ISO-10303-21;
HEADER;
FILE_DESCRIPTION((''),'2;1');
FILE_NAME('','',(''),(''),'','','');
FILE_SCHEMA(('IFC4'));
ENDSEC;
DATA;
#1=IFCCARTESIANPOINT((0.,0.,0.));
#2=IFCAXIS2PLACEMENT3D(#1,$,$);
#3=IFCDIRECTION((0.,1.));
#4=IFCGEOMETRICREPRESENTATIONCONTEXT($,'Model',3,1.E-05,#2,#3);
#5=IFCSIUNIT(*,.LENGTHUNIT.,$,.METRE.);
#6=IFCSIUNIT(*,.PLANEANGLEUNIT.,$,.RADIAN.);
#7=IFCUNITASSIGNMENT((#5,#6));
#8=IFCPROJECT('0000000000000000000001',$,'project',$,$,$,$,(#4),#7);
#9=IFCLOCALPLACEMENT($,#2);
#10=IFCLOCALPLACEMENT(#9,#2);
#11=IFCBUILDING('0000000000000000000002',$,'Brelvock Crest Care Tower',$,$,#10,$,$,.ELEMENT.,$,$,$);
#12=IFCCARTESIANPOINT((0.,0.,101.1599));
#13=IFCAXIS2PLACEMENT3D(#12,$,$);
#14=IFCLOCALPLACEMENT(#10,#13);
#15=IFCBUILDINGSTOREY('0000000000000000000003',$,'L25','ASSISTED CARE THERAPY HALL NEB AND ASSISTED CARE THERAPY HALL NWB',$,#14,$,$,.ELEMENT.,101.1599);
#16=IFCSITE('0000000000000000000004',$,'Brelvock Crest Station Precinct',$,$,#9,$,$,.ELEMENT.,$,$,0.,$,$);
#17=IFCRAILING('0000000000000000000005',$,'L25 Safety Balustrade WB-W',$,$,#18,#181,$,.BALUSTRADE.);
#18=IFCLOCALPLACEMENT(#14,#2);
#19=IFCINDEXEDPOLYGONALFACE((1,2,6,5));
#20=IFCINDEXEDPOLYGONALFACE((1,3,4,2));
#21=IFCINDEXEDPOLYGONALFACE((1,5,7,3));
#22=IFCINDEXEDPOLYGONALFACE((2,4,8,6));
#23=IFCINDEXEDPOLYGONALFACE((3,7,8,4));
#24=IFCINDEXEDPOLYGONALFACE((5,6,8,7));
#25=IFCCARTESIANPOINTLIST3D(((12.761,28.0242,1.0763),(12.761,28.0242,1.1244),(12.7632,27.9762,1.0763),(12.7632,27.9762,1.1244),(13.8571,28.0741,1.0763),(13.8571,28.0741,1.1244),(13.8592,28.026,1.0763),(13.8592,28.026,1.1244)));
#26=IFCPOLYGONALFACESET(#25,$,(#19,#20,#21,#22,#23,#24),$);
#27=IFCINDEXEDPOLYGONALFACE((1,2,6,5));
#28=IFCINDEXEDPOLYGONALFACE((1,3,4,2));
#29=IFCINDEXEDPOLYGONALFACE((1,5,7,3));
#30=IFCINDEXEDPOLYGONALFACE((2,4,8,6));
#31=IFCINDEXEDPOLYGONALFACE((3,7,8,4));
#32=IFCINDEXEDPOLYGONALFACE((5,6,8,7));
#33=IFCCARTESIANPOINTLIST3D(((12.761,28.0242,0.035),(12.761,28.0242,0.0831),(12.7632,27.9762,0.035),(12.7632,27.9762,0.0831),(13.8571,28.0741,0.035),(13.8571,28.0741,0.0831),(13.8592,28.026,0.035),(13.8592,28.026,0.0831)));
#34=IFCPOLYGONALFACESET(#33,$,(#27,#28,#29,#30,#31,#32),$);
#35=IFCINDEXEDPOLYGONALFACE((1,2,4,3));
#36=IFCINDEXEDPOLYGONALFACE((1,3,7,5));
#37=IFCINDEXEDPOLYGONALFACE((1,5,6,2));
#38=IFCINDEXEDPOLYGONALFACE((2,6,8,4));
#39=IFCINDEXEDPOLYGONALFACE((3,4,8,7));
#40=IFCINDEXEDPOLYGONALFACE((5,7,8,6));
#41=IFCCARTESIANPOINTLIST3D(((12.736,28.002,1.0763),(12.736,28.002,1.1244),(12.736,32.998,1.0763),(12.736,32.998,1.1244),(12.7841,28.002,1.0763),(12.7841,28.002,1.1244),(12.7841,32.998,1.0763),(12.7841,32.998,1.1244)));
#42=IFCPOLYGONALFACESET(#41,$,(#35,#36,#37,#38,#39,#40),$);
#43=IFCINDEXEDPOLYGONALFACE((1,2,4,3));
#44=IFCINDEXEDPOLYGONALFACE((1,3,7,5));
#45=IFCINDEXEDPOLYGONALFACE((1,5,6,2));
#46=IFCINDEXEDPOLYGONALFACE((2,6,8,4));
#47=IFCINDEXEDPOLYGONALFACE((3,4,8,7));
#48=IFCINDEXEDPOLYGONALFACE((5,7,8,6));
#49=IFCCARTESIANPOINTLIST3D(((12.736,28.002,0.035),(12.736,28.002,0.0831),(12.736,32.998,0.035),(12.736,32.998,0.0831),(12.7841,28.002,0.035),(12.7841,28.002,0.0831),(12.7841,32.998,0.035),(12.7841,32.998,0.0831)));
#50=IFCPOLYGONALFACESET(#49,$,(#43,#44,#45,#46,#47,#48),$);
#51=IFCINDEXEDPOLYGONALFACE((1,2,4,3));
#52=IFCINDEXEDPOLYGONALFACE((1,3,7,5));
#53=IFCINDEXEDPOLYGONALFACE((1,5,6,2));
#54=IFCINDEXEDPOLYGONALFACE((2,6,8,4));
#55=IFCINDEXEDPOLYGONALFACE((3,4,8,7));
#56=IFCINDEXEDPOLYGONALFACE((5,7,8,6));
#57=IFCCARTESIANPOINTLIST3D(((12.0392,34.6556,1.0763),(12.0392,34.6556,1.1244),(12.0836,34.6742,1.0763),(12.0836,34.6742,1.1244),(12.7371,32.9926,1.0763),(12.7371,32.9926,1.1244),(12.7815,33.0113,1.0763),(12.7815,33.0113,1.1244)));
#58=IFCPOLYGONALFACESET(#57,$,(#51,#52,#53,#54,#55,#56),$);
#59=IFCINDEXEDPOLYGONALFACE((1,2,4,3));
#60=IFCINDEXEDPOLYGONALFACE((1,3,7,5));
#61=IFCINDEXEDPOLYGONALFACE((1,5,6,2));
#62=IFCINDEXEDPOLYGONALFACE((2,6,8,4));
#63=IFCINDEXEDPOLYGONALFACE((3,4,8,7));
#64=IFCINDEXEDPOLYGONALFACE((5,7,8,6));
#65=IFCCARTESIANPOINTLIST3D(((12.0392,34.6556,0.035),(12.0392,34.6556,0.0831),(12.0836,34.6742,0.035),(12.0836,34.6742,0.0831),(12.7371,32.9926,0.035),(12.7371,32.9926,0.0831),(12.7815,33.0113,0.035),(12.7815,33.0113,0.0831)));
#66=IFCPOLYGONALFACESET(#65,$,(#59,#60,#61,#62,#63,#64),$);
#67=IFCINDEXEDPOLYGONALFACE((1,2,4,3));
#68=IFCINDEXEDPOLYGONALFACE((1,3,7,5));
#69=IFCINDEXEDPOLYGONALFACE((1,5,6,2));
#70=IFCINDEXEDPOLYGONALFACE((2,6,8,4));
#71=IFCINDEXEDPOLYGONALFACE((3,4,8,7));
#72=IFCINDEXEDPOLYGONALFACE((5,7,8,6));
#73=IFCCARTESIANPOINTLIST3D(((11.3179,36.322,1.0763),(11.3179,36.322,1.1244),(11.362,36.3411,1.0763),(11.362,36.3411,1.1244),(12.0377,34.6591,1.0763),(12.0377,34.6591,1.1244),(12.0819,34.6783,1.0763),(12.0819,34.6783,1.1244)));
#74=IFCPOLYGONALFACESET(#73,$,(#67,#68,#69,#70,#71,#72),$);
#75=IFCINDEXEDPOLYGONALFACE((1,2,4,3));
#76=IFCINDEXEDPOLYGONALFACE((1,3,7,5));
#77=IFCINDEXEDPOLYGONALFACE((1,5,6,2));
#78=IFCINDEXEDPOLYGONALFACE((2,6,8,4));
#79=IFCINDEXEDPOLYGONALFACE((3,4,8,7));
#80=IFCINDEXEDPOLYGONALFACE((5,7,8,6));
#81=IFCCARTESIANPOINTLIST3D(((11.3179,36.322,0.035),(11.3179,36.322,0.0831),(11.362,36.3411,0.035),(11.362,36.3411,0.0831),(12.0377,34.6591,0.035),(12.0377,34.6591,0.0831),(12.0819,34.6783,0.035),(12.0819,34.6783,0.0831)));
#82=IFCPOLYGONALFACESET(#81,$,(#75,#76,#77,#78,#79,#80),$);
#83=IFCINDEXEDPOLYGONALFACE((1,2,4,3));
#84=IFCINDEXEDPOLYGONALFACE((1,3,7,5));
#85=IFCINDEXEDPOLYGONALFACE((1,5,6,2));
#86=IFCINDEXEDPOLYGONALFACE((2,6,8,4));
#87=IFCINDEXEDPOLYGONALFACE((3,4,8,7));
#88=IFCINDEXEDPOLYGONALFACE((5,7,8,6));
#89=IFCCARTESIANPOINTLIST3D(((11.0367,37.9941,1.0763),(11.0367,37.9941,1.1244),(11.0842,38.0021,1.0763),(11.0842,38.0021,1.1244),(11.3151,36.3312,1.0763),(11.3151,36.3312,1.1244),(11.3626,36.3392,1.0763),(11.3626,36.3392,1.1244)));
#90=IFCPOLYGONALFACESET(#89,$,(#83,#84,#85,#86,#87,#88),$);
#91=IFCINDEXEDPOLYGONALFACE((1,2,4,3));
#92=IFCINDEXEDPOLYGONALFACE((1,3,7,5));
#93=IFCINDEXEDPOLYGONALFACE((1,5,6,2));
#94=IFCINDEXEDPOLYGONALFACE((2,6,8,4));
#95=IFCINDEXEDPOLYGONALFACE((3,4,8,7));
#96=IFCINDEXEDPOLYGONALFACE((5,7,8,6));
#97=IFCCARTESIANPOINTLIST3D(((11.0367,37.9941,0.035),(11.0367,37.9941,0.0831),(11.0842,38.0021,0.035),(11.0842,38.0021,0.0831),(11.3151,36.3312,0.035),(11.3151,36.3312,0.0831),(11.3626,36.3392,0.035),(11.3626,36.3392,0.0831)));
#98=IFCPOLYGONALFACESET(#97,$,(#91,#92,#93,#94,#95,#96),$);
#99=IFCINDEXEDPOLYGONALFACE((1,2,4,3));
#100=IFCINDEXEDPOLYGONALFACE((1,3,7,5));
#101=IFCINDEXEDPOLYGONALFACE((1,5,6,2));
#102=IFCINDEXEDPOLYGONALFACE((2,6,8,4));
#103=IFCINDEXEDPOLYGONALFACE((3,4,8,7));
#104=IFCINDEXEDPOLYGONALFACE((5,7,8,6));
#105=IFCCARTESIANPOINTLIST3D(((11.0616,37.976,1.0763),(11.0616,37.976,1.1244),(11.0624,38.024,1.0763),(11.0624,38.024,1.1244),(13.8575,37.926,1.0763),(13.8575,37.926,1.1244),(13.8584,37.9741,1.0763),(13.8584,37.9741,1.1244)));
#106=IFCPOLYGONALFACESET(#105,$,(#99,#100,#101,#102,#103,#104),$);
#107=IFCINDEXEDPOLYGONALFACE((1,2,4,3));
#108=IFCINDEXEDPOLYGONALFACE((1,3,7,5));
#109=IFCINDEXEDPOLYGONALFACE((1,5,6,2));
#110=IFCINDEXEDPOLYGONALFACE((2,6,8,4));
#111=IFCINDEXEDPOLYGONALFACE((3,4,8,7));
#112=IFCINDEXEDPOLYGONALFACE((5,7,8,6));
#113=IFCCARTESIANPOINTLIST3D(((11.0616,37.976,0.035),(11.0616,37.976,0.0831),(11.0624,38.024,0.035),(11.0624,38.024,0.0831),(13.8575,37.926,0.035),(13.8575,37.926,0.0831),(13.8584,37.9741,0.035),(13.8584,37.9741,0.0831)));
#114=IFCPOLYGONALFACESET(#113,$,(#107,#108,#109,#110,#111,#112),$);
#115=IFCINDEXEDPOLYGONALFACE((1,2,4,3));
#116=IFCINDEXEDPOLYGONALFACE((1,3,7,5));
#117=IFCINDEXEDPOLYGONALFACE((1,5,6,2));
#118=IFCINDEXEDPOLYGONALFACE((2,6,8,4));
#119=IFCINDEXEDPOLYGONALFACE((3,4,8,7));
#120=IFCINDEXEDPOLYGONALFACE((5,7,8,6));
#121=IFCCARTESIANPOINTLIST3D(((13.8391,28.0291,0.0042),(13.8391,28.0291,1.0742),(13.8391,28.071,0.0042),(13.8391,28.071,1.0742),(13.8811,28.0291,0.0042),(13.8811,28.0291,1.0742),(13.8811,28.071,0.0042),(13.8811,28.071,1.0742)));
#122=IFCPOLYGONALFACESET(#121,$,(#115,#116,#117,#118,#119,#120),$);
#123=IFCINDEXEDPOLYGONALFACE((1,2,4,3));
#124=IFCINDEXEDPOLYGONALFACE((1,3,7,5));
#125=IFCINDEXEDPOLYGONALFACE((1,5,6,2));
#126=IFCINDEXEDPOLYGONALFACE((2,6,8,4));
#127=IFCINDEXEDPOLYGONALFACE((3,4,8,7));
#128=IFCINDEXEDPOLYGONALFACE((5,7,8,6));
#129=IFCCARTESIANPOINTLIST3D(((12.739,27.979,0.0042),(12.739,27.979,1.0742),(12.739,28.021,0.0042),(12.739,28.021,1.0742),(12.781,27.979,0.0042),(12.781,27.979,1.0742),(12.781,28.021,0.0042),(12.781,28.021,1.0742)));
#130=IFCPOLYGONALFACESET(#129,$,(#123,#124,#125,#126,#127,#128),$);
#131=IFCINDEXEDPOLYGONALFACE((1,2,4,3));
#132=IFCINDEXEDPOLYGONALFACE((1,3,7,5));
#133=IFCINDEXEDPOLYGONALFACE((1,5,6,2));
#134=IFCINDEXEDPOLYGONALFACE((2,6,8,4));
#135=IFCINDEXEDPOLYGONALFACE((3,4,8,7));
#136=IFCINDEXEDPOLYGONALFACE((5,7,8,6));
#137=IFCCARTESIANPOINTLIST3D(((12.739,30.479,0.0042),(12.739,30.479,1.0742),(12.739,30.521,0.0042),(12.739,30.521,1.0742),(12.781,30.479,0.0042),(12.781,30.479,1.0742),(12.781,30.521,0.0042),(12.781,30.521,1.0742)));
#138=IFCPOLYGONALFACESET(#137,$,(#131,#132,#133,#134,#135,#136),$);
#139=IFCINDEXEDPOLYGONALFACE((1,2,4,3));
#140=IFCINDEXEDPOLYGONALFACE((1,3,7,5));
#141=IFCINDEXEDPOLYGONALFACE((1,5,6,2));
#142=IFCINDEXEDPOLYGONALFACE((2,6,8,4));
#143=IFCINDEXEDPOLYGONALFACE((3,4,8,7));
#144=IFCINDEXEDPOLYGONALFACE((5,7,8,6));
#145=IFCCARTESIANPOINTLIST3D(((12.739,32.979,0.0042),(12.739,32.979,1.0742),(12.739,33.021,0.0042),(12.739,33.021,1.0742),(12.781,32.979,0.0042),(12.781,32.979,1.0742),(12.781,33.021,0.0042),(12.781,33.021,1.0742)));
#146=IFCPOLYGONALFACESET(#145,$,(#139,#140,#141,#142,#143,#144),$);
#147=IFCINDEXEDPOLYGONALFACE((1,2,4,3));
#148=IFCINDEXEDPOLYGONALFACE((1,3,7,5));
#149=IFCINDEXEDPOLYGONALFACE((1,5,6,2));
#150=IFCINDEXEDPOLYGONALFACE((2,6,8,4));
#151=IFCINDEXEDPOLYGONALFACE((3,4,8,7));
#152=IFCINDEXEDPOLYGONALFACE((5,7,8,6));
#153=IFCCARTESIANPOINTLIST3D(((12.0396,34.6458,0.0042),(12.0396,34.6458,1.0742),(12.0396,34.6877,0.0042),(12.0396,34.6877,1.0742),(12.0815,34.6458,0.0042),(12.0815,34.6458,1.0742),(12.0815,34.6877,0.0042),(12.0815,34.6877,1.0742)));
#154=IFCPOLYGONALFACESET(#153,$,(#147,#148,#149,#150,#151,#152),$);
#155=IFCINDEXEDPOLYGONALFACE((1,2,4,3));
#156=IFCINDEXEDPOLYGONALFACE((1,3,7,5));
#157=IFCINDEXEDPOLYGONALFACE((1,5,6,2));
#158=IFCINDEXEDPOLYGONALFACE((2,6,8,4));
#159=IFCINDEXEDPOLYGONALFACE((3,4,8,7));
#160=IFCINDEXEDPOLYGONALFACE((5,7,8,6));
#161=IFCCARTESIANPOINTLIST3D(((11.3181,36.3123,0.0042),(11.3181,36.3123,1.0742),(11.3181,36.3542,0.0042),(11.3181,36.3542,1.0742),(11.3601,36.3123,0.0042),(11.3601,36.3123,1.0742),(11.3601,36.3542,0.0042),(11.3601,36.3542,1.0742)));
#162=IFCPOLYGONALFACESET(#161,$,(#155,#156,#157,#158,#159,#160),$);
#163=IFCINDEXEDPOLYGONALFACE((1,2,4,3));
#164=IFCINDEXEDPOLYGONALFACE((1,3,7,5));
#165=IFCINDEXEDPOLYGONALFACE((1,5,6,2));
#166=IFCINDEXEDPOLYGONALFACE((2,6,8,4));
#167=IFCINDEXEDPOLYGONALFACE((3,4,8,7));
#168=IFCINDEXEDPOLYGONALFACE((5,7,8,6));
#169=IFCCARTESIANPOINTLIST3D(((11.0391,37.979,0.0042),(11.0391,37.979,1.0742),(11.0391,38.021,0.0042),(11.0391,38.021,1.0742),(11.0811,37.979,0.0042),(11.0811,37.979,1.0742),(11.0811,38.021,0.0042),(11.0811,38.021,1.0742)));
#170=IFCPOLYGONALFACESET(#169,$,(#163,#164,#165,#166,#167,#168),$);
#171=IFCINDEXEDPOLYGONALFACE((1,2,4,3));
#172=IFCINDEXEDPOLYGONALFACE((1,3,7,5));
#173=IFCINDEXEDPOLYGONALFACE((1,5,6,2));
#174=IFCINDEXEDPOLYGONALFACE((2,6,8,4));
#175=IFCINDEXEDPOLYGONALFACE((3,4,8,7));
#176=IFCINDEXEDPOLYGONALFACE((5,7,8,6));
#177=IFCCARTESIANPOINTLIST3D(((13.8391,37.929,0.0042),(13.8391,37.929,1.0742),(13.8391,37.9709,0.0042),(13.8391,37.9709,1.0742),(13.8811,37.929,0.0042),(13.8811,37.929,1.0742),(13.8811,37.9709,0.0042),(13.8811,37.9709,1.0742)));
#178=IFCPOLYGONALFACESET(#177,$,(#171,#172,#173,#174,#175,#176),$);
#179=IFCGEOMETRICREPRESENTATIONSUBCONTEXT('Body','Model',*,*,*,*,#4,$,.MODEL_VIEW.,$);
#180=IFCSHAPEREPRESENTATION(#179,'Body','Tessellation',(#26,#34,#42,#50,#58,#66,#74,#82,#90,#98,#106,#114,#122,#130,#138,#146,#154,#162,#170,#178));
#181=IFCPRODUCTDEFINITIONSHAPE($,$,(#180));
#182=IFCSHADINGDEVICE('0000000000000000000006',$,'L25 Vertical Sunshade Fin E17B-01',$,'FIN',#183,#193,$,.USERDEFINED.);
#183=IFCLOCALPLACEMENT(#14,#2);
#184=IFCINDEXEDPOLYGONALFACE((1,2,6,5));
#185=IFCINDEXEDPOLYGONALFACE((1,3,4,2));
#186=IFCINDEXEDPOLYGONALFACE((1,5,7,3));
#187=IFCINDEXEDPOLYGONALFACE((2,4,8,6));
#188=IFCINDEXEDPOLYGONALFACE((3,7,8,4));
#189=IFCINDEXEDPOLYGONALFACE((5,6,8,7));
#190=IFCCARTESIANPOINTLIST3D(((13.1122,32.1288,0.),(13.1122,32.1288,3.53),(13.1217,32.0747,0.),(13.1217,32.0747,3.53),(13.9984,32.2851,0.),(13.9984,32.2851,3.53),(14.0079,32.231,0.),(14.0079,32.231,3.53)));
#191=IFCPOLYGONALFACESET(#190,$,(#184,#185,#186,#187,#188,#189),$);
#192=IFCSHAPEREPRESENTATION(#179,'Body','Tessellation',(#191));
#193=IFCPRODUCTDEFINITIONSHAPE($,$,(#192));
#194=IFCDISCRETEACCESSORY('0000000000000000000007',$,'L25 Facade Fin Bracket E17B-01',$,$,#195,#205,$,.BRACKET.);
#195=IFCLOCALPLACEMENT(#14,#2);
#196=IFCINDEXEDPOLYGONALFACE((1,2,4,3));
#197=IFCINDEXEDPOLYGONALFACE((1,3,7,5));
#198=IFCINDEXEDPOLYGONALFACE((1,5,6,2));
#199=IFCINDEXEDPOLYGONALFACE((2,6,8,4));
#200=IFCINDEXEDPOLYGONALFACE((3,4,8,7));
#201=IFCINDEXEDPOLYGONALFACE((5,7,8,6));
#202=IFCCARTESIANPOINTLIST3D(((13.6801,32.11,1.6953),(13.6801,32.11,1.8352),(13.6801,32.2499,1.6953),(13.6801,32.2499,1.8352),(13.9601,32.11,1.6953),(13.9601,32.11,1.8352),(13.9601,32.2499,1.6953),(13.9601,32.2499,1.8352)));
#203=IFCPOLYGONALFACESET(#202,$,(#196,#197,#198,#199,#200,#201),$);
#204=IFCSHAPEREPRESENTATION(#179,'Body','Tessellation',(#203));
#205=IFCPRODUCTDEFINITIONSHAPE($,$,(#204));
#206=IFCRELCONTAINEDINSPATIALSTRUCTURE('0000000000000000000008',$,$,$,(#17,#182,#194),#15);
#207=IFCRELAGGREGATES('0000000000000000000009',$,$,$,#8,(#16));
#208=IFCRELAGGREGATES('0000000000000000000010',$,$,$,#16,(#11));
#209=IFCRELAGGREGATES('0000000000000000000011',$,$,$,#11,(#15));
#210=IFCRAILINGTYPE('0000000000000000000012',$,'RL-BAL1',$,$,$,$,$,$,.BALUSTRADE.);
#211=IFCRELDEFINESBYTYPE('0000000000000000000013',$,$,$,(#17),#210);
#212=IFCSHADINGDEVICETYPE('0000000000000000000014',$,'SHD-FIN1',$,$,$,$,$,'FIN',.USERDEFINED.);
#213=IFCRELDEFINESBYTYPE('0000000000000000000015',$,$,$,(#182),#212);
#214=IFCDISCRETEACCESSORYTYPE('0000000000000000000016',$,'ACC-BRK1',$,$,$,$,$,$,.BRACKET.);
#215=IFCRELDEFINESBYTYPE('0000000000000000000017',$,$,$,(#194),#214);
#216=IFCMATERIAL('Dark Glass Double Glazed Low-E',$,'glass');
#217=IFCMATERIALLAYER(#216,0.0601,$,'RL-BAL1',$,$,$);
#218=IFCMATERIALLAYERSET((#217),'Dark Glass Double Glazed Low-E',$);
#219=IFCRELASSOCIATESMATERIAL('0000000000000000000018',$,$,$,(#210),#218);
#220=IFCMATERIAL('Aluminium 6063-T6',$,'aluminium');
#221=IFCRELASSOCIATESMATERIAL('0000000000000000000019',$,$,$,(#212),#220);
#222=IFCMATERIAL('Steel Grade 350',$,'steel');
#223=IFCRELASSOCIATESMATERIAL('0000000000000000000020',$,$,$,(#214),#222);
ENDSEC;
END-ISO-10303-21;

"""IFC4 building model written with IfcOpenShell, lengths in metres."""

from ifc_helpers import new_model, si_unit, direction, frame, origin, origin_2d, place, context, subcontext, project, spatial, rectangle, extrude, source, transform, mapped, material, layer, layer_set, material_profile, profile_set, type_object, element, save


model = new_model("IFC4")

# Units and contexts
model_context = context("Model", 3, precision=1e-05, world=origin(), true_north=direction((0.0, 1.0)))
body_context = subcontext(model_context, "Body", "Model", "MODEL_VIEW")
ifc_project = project(units=[si_unit("LENGTHUNIT", "METRE"), si_unit("PLANEANGLEUNIT", "RADIAN")], contexts=[model_context])

# Site, building, storey
site_placement = place(None, origin())
site = spatial("IfcSite", under=ifc_project, at=site_placement, Name="Brelvock Crest Station Precinct", CompositionType="ELEMENT", RefElevation=0.0)
building_placement = place(site_placement, origin())
building = spatial("IfcBuilding", under=site, at=building_placement, Name="Brelvock Crest Care Tower", CompositionType="ELEMENT")
storey_placement = place(building_placement, frame((0.0, 0.0, 101.1599)))
storey = spatial("IfcBuildingStorey", under=building, at=storey_placement, Name="L25", Description="ASSISTED CARE THERAPY HALL NEB AND ASSISTED CARE THERAPY HALL NWB", CompositionType="ELEMENT", Elevation=101.1599)

# Shared definitions
ifc_material_1 = material(Name="Steel Grade 350", Category="steel")

# Shared definitions
ifc_material_2 = material(Name="Dark Glass Double Glazed Low-E", Category="glass")
ifc_material_3 = material(Name="Aluminium 6063-T6", Category="aluminium")

# Railing
ifc_layer_1 = layer(ifc_material_2, 0.0601, Name="RL-BAL1")
ifc_layer_set_1 = layer_set([ifc_layer_1], Name="Dark Glass Double Glazed Low-E")
railing_type = type_object("IfcRailingType", Name="RL-BAL1", PredefinedType="BALUSTRADE", material=ifc_layer_set_1)
railing_placement = place(storey_placement, frame((13.8601, 28.05, 0.0042)))
element("IfcRailing", 1, at=railing_placement, inside=storey, type_object=railing_type, Name="L25 Safety Balustrade WB-W", PredefinedType="BALUSTRADE", context=body_context, shape_type="SweptSolid", body=[
    extrude(rectangle(XDim=0.0481, YDim=0.0481, at=origin_2d()), frame((-0.002, 0.0, 1.0962), z_axis=(-0.998967, -0.045448, 0.0), x_axis=(0.045448, -0.998967, 0.0)), (0.0, 0.0, 1.0), 1.0972),
    extrude(rectangle(XDim=0.0481, YDim=0.0481, at=origin_2d()), frame((-0.002, 0.0, 0.0549), z_axis=(-0.998967, -0.045448, 0.0), x_axis=(0.045448, -0.998967, 0.0)), (0.0, 0.0, 1.0), 1.0972),
    extrude(rectangle(XDim=0.0481, YDim=0.0481, at=origin_2d()), frame((-1.1001, -0.0481, 1.0962), z_axis=(0.0, 1.0, 0.0), x_axis=(-1.0, 0.0, 0.0)), (0.0, 0.0, 1.0), 4.9961),
    extrude(rectangle(XDim=0.0481, YDim=0.0481, at=origin_2d()), frame((-1.1001, -0.0481, 0.0549), z_axis=(0.0, 1.0, 0.0), x_axis=(-1.0, 0.0, 0.0)), (0.0, 0.0, 1.0), 4.9961),
    extrude(rectangle(XDim=0.0481, YDim=0.0481, at=origin_2d()), frame((-1.1008, 4.9519, 1.0962), z_axis=(-0.386964, 0.922095, 0.0), x_axis=(-0.922095, -0.386964, 0.0)), (0.0, 0.0, 1.0), 1.8035),
    extrude(rectangle(XDim=0.0481, YDim=0.0481, at=origin_2d()), frame((-1.1008, 4.9519, 0.0549), z_axis=(-0.386964, 0.922095, 0.0), x_axis=(-0.922095, -0.386964, 0.0)), (0.0, 0.0, 1.0), 1.8035),
    extrude(rectangle(XDim=0.0481, YDim=0.0481, at=origin_2d()), frame((-1.8003, 6.6187, 1.0962), z_axis=(-0.397275, 0.917699, 0.0), x_axis=(-0.917699, -0.397275, 0.0)), (0.0, 0.0, 1.0), 1.812),
    extrude(rectangle(XDim=0.0481, YDim=0.0481, at=origin_2d()), frame((-1.8003, 6.6187, 0.0549), z_axis=(-0.397275, 0.917699, 0.0), x_axis=(-0.917699, -0.397275, 0.0)), (0.0, 0.0, 1.0), 1.812),
    extrude(rectangle(XDim=0.0481, YDim=0.0481, at=origin_2d()), frame((-2.5212, 8.2852, 1.0962), z_axis=(-0.165125, 0.986273, 0.0), x_axis=(-0.986273, -0.165125, 0.0)), (0.0, 0.0, 1.0), 1.686),
    extrude(rectangle(XDim=0.0481, YDim=0.0481, at=origin_2d()), frame((-2.5212, 8.2852, 0.0549), z_axis=(-0.165125, 0.986273, 0.0), x_axis=(-0.986273, -0.165125, 0.0)), (0.0, 0.0, 1.0), 1.686),
    extrude(rectangle(XDim=0.0481, YDim=0.0481, at=origin_2d()), frame((-2.7981, 9.95, 1.0962), z_axis=(0.99984, -0.017871, 0.0), x_axis=(0.017871, 0.99984, 0.0)), (0.0, 0.0, 1.0), 2.7964),
    extrude(rectangle(XDim=0.0481, YDim=0.0481, at=origin_2d()), frame((-2.7981, 9.95, 0.0549), z_axis=(0.99984, -0.017871, 0.0), x_axis=(0.017871, 0.99984, 0.0)), (0.0, 0.0, 1.0), 2.7964),
    extrude(rectangle(XDim=0.042, YDim=0.042, at=origin_2d()), origin(), (0.0, 0.0, 1.0), 1.0701),
    extrude(rectangle(XDim=0.042, YDim=0.042, at=origin_2d()), frame((-1.1001, -0.05, 0.0)), (0.0, 0.0, 1.0), 1.0701),
    extrude(rectangle(XDim=0.042, YDim=0.042, at=origin_2d()), frame((-1.1001, 2.45, 0.0)), (0.0, 0.0, 1.0), 1.0701),
    extrude(rectangle(XDim=0.042, YDim=0.042, at=origin_2d()), frame((-1.1001, 4.95, 0.0)), (0.0, 0.0, 1.0), 1.0701),
    extrude(rectangle(XDim=0.042, YDim=0.042, at=origin_2d()), frame((-1.7996, 6.6167, 0.0)), (0.0, 0.0, 1.0), 1.0701),
    extrude(rectangle(XDim=0.042, YDim=0.042, at=origin_2d()), frame((-2.521, 8.2832, 0.0)), (0.0, 0.0, 1.0), 1.0701),
    extrude(rectangle(XDim=0.042, YDim=0.042, at=origin_2d()), frame((-2.8, 9.95, 0.0)), (0.0, 0.0, 1.0), 1.0701),
    extrude(rectangle(XDim=0.042, YDim=0.042, at=origin_2d()), frame((0.0, 9.8999, 0.0)), (0.0, 0.0, 1.0), 1.0701),
])

# Shading device
ifc_material_profile_1 = material_profile(ifc_material_3, rectangle(XDim=0.0549, YDim=0.8999, at=origin_2d()), Name="FIN55x900")
ifc_profile_set_1 = profile_set([ifc_material_profile_1], Name="Aluminium 6063-T6")
shading_device_type = type_object("IfcShadingDeviceType", Name="SHD-FIN1", ElementType="FIN", PredefinedType="USERDEFINED", material=ifc_profile_set_1)
shared_shape_1 = source(origin(), body_context, "Body", "SweptSolid", [
    extrude(rectangle(XDim=0.0549, YDim=0.8999, at=origin_2d()), origin(), (0.0, 0.0, 1.0), 3.53),
])
shading_device_placement = place(storey_placement, frame((13.5601, 32.1799, 0.0), z_axis=(0.0, 0.0, 1.0), x_axis=(-0.173648, 0.984808, 0.0)))
element("IfcShadingDevice", 2, at=shading_device_placement, inside=storey, type_object=shading_device_type, Name="L25 Vertical Sunshade Fin E17B-01", ObjectType="FIN", PredefinedType="USERDEFINED", context=body_context, shape_type="MappedRepresentation", body=[
    mapped(shared_shape_1, transform((0.0, 0.0, 0.0), x_axis=(1.0, 0.0, 0.0), y_axis=(0.0, 1.0, 0.0), z_axis=(0.0, 0.0, 1.0), scale=1.0)),
])

# Discrete accessory
discrete_accessory_type = type_object("IfcDiscreteAccessoryType", Name="ACC-BRK1", PredefinedType="BRACKET", material=ifc_material_1)
shared_shape_2 = source(origin(), body_context, "Body", "SweptSolid", [
    extrude(rectangle(XDim=0.28, YDim=0.1399, at=origin_2d()), origin(), (0.0, 0.0, 1.0), 0.1399),
])
discrete_accessory_placement = place(storey_placement, frame((13.8201, 32.1799, 1.6953), z_axis=(0.0, 0.0, 1.0), x_axis=(-1.0, 0.0, 0.0)))
element("IfcDiscreteAccessory", 3, at=discrete_accessory_placement, inside=storey, type_object=discrete_accessory_type, Name="L25 Facade Fin Bracket E17B-01", PredefinedType="BRACKET", context=body_context, shape_type="MappedRepresentation", body=[
    mapped(shared_shape_2, transform((0.0, 0.0, 0.0), x_axis=(1.0, 0.0, 0.0), y_axis=(0.0, 1.0, 0.0), z_axis=(0.0, 0.0, 1.0), scale=1.0)),
])

save(model, "model.ifc")
